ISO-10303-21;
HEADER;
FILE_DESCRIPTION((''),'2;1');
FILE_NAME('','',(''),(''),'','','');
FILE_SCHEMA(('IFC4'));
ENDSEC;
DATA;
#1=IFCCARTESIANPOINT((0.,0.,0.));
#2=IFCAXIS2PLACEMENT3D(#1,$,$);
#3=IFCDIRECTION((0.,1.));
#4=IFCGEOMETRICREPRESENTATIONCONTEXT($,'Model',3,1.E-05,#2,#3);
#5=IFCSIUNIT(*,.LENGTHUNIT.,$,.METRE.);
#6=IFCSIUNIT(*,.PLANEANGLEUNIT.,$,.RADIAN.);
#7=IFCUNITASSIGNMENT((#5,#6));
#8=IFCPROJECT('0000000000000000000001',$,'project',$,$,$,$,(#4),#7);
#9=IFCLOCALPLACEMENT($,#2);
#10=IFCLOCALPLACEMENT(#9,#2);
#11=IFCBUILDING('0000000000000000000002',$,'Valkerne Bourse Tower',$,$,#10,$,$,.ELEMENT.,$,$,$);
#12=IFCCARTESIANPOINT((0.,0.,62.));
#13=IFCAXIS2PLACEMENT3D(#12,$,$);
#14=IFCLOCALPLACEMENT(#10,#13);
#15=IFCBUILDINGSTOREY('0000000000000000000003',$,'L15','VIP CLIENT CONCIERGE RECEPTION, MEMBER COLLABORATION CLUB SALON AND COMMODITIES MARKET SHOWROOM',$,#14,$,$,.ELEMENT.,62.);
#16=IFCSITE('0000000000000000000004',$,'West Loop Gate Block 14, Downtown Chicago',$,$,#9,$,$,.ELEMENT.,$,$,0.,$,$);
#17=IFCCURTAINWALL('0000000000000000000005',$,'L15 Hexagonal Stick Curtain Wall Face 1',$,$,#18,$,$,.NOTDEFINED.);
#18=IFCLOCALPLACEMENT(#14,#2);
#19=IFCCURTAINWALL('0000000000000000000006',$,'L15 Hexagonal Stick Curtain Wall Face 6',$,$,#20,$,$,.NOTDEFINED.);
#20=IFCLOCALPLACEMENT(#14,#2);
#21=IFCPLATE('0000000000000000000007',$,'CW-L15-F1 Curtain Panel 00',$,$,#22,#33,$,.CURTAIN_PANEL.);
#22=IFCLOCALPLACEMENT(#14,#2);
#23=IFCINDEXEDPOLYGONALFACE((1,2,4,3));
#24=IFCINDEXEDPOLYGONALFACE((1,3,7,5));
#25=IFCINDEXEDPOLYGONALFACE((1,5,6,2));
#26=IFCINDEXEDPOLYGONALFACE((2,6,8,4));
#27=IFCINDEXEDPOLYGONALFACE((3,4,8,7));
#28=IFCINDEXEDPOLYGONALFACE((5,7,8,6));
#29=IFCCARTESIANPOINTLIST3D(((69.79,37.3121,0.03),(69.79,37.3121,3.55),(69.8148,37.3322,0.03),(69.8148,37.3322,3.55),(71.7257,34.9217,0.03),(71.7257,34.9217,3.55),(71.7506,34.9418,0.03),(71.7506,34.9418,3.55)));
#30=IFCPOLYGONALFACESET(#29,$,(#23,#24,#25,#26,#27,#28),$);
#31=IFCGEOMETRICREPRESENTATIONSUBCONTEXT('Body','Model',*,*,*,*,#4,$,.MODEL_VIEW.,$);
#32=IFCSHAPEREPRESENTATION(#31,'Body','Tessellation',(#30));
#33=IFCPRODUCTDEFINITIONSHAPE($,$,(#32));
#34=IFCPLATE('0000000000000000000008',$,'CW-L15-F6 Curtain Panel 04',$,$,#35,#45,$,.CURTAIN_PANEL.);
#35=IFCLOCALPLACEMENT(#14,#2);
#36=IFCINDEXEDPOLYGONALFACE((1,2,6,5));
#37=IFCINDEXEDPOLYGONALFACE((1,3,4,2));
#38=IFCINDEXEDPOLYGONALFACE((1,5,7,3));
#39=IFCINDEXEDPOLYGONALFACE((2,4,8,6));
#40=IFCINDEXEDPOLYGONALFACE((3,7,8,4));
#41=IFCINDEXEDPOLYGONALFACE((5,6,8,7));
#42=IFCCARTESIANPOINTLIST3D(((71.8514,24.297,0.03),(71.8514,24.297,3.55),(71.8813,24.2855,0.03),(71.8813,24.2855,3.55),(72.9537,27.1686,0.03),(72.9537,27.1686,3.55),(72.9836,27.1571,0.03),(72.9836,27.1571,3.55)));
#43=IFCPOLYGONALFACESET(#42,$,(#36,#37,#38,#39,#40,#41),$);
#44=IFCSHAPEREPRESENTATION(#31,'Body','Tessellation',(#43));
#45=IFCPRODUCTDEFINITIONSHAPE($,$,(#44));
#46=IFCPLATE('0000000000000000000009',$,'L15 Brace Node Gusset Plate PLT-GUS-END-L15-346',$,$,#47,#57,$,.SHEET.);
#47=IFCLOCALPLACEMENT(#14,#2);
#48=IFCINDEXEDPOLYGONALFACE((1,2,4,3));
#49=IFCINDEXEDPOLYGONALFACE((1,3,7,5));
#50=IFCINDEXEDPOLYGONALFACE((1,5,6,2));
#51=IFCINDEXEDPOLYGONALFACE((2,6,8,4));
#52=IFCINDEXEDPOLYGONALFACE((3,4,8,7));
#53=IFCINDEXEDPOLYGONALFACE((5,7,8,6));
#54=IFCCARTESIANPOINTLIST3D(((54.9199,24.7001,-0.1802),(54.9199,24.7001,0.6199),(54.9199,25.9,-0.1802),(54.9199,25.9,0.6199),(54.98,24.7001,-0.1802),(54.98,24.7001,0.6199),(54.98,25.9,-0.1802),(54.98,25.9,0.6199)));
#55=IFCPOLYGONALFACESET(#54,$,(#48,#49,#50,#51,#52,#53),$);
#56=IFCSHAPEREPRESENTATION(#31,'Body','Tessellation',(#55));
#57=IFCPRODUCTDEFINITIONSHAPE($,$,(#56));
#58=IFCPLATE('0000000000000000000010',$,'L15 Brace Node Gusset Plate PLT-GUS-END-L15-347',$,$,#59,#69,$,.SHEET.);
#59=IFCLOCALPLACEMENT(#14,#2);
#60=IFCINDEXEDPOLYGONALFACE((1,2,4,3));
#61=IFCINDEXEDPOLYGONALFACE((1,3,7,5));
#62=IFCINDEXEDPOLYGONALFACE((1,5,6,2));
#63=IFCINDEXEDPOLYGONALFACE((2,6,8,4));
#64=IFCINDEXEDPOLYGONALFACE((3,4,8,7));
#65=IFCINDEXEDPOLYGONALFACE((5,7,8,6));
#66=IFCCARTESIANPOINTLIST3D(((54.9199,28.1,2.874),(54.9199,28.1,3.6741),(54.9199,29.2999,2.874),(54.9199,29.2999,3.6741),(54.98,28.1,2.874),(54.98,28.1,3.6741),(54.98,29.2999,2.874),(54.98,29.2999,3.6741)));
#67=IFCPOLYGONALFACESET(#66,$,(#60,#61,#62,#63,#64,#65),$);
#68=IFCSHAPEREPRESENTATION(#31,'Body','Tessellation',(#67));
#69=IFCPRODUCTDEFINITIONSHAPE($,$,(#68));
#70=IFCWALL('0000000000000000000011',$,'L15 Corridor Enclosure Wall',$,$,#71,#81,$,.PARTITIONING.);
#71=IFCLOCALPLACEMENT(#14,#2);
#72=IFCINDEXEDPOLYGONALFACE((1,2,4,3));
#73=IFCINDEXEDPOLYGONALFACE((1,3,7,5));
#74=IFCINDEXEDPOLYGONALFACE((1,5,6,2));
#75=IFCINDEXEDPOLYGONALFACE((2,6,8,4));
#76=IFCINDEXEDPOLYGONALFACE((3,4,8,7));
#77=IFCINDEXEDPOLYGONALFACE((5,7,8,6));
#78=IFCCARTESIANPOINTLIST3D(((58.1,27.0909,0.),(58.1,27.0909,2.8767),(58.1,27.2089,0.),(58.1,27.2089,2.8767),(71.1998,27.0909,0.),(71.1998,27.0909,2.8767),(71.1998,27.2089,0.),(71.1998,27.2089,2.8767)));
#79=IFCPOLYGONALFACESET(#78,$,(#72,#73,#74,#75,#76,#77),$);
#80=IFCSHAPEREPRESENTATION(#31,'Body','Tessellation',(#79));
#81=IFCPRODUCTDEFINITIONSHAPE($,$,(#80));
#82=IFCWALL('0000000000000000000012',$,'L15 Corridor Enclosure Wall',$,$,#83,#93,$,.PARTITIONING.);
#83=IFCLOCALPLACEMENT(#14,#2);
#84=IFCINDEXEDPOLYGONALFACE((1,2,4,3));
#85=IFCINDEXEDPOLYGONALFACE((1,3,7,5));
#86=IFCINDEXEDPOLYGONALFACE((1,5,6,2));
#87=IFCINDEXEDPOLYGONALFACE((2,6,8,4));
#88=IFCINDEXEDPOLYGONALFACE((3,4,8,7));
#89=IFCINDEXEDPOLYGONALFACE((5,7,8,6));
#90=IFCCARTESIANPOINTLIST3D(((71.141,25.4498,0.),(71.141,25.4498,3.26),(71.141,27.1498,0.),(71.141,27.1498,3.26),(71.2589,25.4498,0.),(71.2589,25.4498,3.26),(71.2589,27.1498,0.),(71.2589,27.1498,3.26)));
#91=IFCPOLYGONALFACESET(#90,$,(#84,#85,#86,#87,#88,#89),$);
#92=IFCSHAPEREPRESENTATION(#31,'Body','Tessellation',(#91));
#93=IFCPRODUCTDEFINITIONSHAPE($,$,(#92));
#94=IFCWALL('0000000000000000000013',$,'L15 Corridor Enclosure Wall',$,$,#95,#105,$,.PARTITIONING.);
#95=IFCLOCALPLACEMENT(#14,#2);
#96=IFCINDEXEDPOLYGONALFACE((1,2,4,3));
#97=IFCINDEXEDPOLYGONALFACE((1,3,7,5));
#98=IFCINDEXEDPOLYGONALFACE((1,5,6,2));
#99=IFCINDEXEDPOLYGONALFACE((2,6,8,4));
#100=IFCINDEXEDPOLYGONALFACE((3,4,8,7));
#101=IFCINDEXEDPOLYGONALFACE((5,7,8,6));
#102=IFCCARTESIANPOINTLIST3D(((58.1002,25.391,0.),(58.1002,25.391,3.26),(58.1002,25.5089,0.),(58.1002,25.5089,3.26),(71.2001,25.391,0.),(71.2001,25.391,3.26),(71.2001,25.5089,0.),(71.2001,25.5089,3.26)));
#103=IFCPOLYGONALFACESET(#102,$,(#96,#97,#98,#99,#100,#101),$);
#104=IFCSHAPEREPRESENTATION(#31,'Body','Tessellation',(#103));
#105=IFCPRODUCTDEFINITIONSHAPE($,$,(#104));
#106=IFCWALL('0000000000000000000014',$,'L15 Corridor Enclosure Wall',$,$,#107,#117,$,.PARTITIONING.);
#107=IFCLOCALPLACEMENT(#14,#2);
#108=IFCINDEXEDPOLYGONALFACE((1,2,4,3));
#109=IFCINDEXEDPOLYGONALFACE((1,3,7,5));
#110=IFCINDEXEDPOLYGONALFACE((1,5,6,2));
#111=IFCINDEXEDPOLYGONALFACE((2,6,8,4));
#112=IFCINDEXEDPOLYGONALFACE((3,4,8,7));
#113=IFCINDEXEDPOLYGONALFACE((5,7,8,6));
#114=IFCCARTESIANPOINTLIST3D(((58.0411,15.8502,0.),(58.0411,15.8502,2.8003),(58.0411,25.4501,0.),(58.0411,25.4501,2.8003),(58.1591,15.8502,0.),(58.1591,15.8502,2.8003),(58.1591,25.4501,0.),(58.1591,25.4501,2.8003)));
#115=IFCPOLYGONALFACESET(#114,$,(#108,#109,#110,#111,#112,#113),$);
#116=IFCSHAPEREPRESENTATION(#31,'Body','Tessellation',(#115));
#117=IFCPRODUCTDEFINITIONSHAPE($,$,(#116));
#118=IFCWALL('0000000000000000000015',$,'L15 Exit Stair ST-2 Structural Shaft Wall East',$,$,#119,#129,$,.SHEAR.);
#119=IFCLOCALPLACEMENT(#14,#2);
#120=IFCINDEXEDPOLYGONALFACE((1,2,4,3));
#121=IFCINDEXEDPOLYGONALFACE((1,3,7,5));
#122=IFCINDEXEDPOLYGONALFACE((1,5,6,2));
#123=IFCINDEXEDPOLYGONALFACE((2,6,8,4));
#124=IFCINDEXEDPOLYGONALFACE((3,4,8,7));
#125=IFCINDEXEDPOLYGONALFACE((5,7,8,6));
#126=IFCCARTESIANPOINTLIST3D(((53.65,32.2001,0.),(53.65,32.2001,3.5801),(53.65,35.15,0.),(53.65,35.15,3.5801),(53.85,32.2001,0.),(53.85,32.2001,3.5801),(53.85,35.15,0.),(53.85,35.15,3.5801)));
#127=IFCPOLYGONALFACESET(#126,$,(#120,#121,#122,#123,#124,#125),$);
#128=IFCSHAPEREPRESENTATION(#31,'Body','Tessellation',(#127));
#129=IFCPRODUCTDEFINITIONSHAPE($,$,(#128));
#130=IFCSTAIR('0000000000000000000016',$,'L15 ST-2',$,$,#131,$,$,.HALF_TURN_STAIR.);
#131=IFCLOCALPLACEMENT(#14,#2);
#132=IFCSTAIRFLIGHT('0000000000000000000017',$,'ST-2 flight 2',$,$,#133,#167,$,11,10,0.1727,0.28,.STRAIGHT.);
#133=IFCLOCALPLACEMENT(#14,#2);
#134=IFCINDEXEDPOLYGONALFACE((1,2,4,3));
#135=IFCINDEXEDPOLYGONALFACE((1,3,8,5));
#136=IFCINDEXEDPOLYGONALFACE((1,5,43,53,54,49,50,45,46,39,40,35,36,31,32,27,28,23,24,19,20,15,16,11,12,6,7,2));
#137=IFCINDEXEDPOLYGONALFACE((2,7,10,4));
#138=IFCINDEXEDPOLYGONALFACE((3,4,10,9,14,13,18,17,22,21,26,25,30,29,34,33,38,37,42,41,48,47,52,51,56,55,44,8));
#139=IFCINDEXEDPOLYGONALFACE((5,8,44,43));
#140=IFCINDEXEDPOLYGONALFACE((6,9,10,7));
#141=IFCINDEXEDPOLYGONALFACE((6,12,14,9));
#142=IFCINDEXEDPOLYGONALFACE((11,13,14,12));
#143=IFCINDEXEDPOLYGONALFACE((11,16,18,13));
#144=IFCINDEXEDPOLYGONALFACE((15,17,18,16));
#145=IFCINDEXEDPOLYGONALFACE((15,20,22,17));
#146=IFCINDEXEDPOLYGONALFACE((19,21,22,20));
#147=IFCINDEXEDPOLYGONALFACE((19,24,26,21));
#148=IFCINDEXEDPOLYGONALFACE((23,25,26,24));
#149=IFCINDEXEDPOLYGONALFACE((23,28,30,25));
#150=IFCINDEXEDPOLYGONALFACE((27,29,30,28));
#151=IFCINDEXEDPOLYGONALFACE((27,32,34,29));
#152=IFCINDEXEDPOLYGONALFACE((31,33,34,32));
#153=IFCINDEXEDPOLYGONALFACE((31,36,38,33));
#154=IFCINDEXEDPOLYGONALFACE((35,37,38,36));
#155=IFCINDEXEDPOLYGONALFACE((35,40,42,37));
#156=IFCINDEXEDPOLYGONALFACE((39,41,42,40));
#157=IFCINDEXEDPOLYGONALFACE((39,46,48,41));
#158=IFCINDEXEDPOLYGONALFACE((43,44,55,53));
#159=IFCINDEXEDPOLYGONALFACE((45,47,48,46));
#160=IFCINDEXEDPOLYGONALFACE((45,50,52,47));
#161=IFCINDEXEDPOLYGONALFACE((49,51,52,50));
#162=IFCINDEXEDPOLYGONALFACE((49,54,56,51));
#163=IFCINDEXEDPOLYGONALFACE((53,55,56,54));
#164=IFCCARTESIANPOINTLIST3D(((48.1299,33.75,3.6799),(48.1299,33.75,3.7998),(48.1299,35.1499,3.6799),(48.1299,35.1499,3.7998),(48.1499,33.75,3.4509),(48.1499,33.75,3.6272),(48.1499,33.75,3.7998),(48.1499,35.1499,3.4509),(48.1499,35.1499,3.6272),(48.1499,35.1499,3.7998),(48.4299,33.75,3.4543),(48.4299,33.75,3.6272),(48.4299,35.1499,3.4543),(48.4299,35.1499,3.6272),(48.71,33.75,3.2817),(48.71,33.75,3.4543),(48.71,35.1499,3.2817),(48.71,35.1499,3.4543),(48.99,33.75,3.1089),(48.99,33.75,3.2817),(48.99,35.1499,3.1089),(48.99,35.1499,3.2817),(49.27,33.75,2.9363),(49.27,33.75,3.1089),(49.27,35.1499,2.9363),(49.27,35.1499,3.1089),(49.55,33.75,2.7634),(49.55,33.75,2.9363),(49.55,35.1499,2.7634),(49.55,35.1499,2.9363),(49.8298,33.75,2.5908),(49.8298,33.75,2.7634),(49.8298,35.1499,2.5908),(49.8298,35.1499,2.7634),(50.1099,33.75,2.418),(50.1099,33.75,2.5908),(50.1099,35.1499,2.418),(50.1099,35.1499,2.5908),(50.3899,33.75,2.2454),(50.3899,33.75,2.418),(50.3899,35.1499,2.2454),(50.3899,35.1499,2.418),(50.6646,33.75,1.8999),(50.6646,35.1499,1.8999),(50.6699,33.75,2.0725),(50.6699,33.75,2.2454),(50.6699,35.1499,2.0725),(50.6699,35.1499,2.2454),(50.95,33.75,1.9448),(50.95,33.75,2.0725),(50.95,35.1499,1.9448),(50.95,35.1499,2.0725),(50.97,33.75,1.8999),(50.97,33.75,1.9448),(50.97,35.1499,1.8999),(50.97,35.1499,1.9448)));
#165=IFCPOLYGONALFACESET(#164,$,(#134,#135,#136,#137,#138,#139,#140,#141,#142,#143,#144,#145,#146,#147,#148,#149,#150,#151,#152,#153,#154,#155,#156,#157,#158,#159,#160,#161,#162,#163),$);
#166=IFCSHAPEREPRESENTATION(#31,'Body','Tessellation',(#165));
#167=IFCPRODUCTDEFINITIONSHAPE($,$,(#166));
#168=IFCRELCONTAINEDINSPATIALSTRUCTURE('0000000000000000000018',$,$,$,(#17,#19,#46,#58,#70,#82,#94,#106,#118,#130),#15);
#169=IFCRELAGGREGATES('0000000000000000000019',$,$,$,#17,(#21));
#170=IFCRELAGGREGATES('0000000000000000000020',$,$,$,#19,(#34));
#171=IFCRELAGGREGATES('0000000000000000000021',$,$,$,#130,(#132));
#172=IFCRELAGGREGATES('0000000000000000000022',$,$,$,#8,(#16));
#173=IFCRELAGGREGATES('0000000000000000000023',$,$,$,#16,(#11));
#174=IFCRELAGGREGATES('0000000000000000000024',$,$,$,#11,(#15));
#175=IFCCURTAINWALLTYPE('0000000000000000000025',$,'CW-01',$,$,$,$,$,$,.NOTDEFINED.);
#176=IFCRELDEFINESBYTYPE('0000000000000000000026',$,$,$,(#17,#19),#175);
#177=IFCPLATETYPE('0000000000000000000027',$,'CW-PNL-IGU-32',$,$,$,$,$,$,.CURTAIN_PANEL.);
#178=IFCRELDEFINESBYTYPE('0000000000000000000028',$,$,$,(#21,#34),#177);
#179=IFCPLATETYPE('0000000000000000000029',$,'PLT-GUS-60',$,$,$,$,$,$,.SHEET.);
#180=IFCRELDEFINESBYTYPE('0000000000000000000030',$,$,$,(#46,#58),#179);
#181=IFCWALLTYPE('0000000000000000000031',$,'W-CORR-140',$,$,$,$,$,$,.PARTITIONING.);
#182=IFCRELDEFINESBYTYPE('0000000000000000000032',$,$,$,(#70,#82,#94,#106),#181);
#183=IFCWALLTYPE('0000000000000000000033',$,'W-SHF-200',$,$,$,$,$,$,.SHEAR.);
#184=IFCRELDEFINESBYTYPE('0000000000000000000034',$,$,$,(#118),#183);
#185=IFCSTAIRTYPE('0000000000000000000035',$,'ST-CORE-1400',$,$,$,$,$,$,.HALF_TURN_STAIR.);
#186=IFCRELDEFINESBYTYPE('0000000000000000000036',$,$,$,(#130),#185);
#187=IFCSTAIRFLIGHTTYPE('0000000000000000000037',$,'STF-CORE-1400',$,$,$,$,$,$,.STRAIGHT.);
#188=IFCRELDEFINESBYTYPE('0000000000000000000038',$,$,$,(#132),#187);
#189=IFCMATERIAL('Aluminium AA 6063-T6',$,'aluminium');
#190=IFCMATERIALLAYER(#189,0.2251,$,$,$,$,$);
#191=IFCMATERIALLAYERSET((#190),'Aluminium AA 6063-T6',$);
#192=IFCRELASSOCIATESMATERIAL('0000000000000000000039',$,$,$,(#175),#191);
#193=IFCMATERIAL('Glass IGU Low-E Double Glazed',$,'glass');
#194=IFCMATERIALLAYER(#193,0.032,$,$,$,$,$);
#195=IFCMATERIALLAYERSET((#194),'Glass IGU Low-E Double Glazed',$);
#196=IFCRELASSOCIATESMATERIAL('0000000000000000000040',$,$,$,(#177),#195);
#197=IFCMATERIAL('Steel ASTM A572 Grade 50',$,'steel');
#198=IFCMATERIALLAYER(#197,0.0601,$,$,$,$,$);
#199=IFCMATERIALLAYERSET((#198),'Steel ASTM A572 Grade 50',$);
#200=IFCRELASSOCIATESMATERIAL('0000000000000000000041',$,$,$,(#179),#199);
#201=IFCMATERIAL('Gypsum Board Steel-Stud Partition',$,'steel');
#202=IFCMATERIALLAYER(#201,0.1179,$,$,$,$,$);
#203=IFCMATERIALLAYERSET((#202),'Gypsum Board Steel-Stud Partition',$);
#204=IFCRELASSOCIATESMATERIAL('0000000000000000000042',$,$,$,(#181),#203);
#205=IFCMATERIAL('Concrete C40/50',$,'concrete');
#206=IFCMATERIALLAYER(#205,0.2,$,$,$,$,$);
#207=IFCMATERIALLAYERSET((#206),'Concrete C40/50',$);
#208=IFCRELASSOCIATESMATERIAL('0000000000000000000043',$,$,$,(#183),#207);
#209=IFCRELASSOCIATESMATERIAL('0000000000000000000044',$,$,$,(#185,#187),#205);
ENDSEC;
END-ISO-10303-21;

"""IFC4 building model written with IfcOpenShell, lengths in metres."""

from ifc_helpers import new_model, si_unit, direction, frame, frame_2d, origin, origin_2d, place, context, subcontext, project, spatial, polyline, rectangle, outline, extrude, material, layer, layer_set, type_object, element, aggregate, save


model = new_model("IFC4")

# Units and contexts
model_context = context("Model", 3, precision=1e-05, world=origin(), true_north=direction((0.0, 1.0)))
body_context = subcontext(model_context, "Body", "Model", "MODEL_VIEW")
ifc_project = project(units=[si_unit("LENGTHUNIT", "METRE"), si_unit("PLANEANGLEUNIT", "RADIAN")], contexts=[model_context])

# Site, building, storey
site_placement = place(None, origin())
site = spatial("IfcSite", under=ifc_project, at=site_placement, Name="West Loop Gate Block 14, Downtown Chicago", CompositionType="ELEMENT", RefElevation=0.0)
building_placement = place(site_placement, origin())
building = spatial("IfcBuilding", under=site, at=building_placement, Name="Valkerne Bourse Tower", CompositionType="ELEMENT")
storey_placement = place(building_placement, frame((0.0, 0.0, 62.0)))
storey = spatial("IfcBuildingStorey", under=building, at=storey_placement, Name="L15", Description="VIP CLIENT CONCIERGE RECEPTION, MEMBER COLLABORATION CLUB SALON AND COMMODITIES MARKET SHOWROOM", CompositionType="ELEMENT", Elevation=62.0)

# Curtain walls
ifc_material_1 = material(Name="Aluminium AA 6063-T6", Category="aluminium")
ifc_layer_1 = layer(ifc_material_1, 0.2251)
ifc_layer_set_1 = layer_set([ifc_layer_1], Name="Aluminium AA 6063-T6")
curtain_wall_type = type_object("IfcCurtainWallType", Name="CW-01", PredefinedType="NOTDEFINED", material=ifc_layer_set_1)
curtain_wall_1_placement = place(storey_placement, origin())
curtain_wall_1 = element("IfcCurtainWall", 1, at=curtain_wall_1_placement, inside=storey, type_object=curtain_wall_type, Name="L15 Hexagonal Stick Curtain Wall Face 1", PredefinedType="NOTDEFINED")
curtain_wall_2_placement = place(storey_placement, origin())
curtain_wall_2 = element("IfcCurtainWall", 2, at=curtain_wall_2_placement, inside=storey, type_object=curtain_wall_type, Name="L15 Hexagonal Stick Curtain Wall Face 6", PredefinedType="NOTDEFINED")

# Plates
ifc_material_2 = material(Name="Glass IGU Low-E Double Glazed", Category="glass")
ifc_layer_2 = layer(ifc_material_2, 0.032)
ifc_layer_set_2 = layer_set([ifc_layer_2], Name="Glass IGU Low-E Double Glazed")
plate_type_1 = type_object("IfcPlateType", Name="CW-PNL-IGU-32", PredefinedType="CURTAIN_PANEL", material=ifc_layer_set_2)
plate_1_placement = place(storey_placement, frame((70.7703, 36.127, 0.03), z_axis=(0.0, 0.0, 1.0), x_axis=(-0.62932, 0.777146, 0.0)))
plate_1 = element("IfcPlate", 3, at=plate_1_placement, type_object=plate_type_1, Name="CW-L15-F1 Curtain Panel 00", PredefinedType="CURTAIN_PANEL", context=body_context, shape_type="SweptSolid", body=[
    extrude(rectangle(XDim=3.0759, YDim=0.032, at=origin_2d()), origin(), (0.0, 0.0, 1.0), 3.52),
])
aggregate(curtain_wall_1, [plate_1])
plate_2_placement = place(storey_placement, frame((72.4175, 25.7271, 0.03), z_axis=(0.0, 0.0, 1.0), x_axis=(0.358359, 0.933584, 0.0)))
plate_2 = element("IfcPlate", 4, at=plate_2_placement, type_object=plate_type_1, Name="CW-L15-F6 Curtain Panel 04", PredefinedType="CURTAIN_PANEL", context=body_context, shape_type="SweptSolid", body=[
    extrude(rectangle(XDim=3.0759, YDim=0.032, at=origin_2d()), origin(), (0.0, 0.0, 1.0), 3.52),
])
aggregate(curtain_wall_2, [plate_2])

# Plates
ifc_material_3 = material(Name="Steel ASTM A572 Grade 50", Category="steel")
ifc_layer_3 = layer(ifc_material_3, 0.0601)
ifc_layer_set_3 = layer_set([ifc_layer_3], Name="Steel ASTM A572 Grade 50")
plate_type_2 = type_object("IfcPlateType", Name="PLT-GUS-60", PredefinedType="SHEET", material=ifc_layer_set_3)
for number, where, z_axis, x_axis, name in (
    (5, (54.95, 25.3, -0.1802), (0.0, 0.0, 1.0), (0.0, 1.0, 0.0), "L15 Brace Node Gusset Plate PLT-GUS-END-L15-346"),
    (6, (54.95, 28.7, 2.874), (0.0, 0.0, 1.0), (0.0, 1.0, 0.0), "L15 Brace Node Gusset Plate PLT-GUS-END-L15-347"),
):
    element("IfcPlate", number, at=place(storey_placement, frame(where, z_axis=z_axis, x_axis=x_axis)), inside=storey, type_object=plate_type_2, Name=name, PredefinedType="SHEET", context=body_context, shape_type="SweptSolid", body=[
        extrude(rectangle(XDim=1.2, YDim=0.0601, at=origin_2d()), origin(), (0.0, 0.0, 1.0), 0.8),
    ])

# Walls
ifc_material_4 = material(Name="Gypsum Board Steel-Stud Partition", Category="steel")
ifc_layer_4 = layer(ifc_material_4, 0.1179)
ifc_layer_set_4 = layer_set([ifc_layer_4], Name="Gypsum Board Steel-Stud Partition")
wall_type_1 = type_object("IfcWallType", Name="W-CORR-140", PredefinedType="PARTITIONING", material=ifc_layer_set_4)
wall_1_placement = place(storey_placement, frame((58.1001, 27.1499, 0.0), z_axis=(0.0, 0.0, 1.0), x_axis=(1.0, 0.0, 0.0)))
element("IfcWall", 7, at=wall_1_placement, inside=storey, type_object=wall_type_1, Name="L15 Corridor Enclosure Wall", PredefinedType="PARTITIONING", context=body_context, shape_type="SweptSolid", body=[
    extrude(rectangle(XDim=13.0999, YDim=0.1179, at=frame_2d((6.5498, 0.0))), origin(), (0.0, 0.0, 1.0), 2.8767),
])
wall_2_placement = place(storey_placement, frame((71.2, 27.1499, 0.0), z_axis=(0.0, 0.0, 1.0), x_axis=(0.0, -1.0, 0.0)))
element("IfcWall", 8, at=wall_2_placement, inside=storey, type_object=wall_type_1, Name="L15 Corridor Enclosure Wall", PredefinedType="PARTITIONING", context=body_context, shape_type="SweptSolid", body=[
    extrude(rectangle(XDim=1.7, YDim=0.1179, at=frame_2d((0.8501, 0.0))), origin(), (0.0, 0.0, 1.0), 3.26),
])
wall_3_placement = place(storey_placement, frame((71.2, 25.45, 0.0), z_axis=(0.0, 0.0, 1.0), x_axis=(-1.0, 0.0, 0.0)))
element("IfcWall", 9, at=wall_3_placement, inside=storey, type_object=wall_type_1, Name="L15 Corridor Enclosure Wall", PredefinedType="PARTITIONING", context=body_context, shape_type="SweptSolid", body=[
    extrude(rectangle(XDim=13.0999, YDim=0.1179, at=frame_2d((6.5498, 0.0))), origin(), (0.0, 0.0, 1.0), 3.26),
])
wall_4_placement = place(storey_placement, frame((58.1001, 25.45, 0.0), z_axis=(0.0, 0.0, 1.0), x_axis=(0.0, -1.0, 0.0)))
element("IfcWall", 10, at=wall_4_placement, inside=storey, type_object=wall_type_1, Name="L15 Corridor Enclosure Wall", PredefinedType="PARTITIONING", context=body_context, shape_type="SweptSolid", body=[
    extrude(rectangle(XDim=9.5999, YDim=0.1179, at=frame_2d((4.7998, 0.0))), origin(), (0.0, 0.0, 1.0), 2.8003),
])

# Wall
ifc_material_5 = material(Name="Concrete C40/50", Category="concrete")
ifc_layer_5 = layer(ifc_material_5, 0.2)
ifc_layer_set_5 = layer_set([ifc_layer_5], Name="Concrete C40/50")
wall_type_2 = type_object("IfcWallType", Name="W-SHF-200", PredefinedType="SHEAR", material=ifc_layer_set_5)
wall_5_placement = place(storey_placement, frame((53.75, 32.2, 0.0), z_axis=(0.0, 0.0, 1.0), x_axis=(0.0, 1.0, 0.0)))
element("IfcWall", 11, at=wall_5_placement, inside=storey, type_object=wall_type_2, Name="L15 Exit Stair ST-2 Structural Shaft Wall East", PredefinedType="SHEAR", context=body_context, shape_type="SweptSolid", body=[
    extrude(rectangle(XDim=2.95, YDim=0.2, at=frame_2d((1.4751, 0.0))), origin(), (0.0, 0.0, 1.0), 3.5801),
])

# Stair, stair flight
stair_type = type_object("IfcStairType", Name="ST-CORE-1400", PredefinedType="HALF_TURN_STAIR", material=ifc_material_5)
stair_placement = place(storey_placement, origin())
stair = element("IfcStair", 12, at=stair_placement, inside=storey, type_object=stair_type, Name="L15 ST-2", PredefinedType="HALF_TURN_STAIR")
stair_flight_type = type_object("IfcStairFlightType", Name="STF-CORE-1400", PredefinedType="STRAIGHT", material=ifc_material_5)
stair_flight_placement = place(storey_placement, frame((50.95, 34.45, 1.8999), z_axis=(0.0, 0.0, 1.0), x_axis=(-1.0, 0.0, 0.0)))
stair_flight = element("IfcStairFlight", 13, at=stair_flight_placement, type_object=stair_flight_type, Name="ST-2 flight 2", NumberOfRisers=11, NumberOfTreads=10, PredefinedType="STRAIGHT", RiserHeight=0.1727, TreadLength=0.28, context=body_context, shape_type="SweptSolid", body=[
    extrude(outline(polyline([(-0.02, 0.0), (-0.02, 0.0449), (0.0, 0.0449), (0.0, 0.1726), (0.28, 0.1726), (0.28, 0.3455), (0.5601, 0.3455), (0.5601, 0.5181), (0.8401, 0.5181), (0.8401, 0.6909), (1.1201, 0.6909), (1.1201, 0.8635), (1.3999, 0.8635), (1.3999, 1.0364), (1.6799, 1.0364), (1.6799, 1.209), (1.96, 1.209), (1.96, 1.3818), (2.24, 1.3818), (2.24, 1.5544), (2.52, 1.5544), (2.52, 1.7273), (2.8, 1.7273), (2.8, 1.8999), (2.8201, 1.8999), (2.8201, 1.78), (2.8, 1.551), (0.2854, 0.0), (-0.02, 0.0)])), frame((0.0, 0.7, 0.0), z_axis=(0.0, -1.0, 0.0), x_axis=(1.0, 0.0, 0.0)), (0.0, 0.0, 1.0), 1.3999),
])
aggregate(stair, [stair_flight])

save(model, "model.ifc")
